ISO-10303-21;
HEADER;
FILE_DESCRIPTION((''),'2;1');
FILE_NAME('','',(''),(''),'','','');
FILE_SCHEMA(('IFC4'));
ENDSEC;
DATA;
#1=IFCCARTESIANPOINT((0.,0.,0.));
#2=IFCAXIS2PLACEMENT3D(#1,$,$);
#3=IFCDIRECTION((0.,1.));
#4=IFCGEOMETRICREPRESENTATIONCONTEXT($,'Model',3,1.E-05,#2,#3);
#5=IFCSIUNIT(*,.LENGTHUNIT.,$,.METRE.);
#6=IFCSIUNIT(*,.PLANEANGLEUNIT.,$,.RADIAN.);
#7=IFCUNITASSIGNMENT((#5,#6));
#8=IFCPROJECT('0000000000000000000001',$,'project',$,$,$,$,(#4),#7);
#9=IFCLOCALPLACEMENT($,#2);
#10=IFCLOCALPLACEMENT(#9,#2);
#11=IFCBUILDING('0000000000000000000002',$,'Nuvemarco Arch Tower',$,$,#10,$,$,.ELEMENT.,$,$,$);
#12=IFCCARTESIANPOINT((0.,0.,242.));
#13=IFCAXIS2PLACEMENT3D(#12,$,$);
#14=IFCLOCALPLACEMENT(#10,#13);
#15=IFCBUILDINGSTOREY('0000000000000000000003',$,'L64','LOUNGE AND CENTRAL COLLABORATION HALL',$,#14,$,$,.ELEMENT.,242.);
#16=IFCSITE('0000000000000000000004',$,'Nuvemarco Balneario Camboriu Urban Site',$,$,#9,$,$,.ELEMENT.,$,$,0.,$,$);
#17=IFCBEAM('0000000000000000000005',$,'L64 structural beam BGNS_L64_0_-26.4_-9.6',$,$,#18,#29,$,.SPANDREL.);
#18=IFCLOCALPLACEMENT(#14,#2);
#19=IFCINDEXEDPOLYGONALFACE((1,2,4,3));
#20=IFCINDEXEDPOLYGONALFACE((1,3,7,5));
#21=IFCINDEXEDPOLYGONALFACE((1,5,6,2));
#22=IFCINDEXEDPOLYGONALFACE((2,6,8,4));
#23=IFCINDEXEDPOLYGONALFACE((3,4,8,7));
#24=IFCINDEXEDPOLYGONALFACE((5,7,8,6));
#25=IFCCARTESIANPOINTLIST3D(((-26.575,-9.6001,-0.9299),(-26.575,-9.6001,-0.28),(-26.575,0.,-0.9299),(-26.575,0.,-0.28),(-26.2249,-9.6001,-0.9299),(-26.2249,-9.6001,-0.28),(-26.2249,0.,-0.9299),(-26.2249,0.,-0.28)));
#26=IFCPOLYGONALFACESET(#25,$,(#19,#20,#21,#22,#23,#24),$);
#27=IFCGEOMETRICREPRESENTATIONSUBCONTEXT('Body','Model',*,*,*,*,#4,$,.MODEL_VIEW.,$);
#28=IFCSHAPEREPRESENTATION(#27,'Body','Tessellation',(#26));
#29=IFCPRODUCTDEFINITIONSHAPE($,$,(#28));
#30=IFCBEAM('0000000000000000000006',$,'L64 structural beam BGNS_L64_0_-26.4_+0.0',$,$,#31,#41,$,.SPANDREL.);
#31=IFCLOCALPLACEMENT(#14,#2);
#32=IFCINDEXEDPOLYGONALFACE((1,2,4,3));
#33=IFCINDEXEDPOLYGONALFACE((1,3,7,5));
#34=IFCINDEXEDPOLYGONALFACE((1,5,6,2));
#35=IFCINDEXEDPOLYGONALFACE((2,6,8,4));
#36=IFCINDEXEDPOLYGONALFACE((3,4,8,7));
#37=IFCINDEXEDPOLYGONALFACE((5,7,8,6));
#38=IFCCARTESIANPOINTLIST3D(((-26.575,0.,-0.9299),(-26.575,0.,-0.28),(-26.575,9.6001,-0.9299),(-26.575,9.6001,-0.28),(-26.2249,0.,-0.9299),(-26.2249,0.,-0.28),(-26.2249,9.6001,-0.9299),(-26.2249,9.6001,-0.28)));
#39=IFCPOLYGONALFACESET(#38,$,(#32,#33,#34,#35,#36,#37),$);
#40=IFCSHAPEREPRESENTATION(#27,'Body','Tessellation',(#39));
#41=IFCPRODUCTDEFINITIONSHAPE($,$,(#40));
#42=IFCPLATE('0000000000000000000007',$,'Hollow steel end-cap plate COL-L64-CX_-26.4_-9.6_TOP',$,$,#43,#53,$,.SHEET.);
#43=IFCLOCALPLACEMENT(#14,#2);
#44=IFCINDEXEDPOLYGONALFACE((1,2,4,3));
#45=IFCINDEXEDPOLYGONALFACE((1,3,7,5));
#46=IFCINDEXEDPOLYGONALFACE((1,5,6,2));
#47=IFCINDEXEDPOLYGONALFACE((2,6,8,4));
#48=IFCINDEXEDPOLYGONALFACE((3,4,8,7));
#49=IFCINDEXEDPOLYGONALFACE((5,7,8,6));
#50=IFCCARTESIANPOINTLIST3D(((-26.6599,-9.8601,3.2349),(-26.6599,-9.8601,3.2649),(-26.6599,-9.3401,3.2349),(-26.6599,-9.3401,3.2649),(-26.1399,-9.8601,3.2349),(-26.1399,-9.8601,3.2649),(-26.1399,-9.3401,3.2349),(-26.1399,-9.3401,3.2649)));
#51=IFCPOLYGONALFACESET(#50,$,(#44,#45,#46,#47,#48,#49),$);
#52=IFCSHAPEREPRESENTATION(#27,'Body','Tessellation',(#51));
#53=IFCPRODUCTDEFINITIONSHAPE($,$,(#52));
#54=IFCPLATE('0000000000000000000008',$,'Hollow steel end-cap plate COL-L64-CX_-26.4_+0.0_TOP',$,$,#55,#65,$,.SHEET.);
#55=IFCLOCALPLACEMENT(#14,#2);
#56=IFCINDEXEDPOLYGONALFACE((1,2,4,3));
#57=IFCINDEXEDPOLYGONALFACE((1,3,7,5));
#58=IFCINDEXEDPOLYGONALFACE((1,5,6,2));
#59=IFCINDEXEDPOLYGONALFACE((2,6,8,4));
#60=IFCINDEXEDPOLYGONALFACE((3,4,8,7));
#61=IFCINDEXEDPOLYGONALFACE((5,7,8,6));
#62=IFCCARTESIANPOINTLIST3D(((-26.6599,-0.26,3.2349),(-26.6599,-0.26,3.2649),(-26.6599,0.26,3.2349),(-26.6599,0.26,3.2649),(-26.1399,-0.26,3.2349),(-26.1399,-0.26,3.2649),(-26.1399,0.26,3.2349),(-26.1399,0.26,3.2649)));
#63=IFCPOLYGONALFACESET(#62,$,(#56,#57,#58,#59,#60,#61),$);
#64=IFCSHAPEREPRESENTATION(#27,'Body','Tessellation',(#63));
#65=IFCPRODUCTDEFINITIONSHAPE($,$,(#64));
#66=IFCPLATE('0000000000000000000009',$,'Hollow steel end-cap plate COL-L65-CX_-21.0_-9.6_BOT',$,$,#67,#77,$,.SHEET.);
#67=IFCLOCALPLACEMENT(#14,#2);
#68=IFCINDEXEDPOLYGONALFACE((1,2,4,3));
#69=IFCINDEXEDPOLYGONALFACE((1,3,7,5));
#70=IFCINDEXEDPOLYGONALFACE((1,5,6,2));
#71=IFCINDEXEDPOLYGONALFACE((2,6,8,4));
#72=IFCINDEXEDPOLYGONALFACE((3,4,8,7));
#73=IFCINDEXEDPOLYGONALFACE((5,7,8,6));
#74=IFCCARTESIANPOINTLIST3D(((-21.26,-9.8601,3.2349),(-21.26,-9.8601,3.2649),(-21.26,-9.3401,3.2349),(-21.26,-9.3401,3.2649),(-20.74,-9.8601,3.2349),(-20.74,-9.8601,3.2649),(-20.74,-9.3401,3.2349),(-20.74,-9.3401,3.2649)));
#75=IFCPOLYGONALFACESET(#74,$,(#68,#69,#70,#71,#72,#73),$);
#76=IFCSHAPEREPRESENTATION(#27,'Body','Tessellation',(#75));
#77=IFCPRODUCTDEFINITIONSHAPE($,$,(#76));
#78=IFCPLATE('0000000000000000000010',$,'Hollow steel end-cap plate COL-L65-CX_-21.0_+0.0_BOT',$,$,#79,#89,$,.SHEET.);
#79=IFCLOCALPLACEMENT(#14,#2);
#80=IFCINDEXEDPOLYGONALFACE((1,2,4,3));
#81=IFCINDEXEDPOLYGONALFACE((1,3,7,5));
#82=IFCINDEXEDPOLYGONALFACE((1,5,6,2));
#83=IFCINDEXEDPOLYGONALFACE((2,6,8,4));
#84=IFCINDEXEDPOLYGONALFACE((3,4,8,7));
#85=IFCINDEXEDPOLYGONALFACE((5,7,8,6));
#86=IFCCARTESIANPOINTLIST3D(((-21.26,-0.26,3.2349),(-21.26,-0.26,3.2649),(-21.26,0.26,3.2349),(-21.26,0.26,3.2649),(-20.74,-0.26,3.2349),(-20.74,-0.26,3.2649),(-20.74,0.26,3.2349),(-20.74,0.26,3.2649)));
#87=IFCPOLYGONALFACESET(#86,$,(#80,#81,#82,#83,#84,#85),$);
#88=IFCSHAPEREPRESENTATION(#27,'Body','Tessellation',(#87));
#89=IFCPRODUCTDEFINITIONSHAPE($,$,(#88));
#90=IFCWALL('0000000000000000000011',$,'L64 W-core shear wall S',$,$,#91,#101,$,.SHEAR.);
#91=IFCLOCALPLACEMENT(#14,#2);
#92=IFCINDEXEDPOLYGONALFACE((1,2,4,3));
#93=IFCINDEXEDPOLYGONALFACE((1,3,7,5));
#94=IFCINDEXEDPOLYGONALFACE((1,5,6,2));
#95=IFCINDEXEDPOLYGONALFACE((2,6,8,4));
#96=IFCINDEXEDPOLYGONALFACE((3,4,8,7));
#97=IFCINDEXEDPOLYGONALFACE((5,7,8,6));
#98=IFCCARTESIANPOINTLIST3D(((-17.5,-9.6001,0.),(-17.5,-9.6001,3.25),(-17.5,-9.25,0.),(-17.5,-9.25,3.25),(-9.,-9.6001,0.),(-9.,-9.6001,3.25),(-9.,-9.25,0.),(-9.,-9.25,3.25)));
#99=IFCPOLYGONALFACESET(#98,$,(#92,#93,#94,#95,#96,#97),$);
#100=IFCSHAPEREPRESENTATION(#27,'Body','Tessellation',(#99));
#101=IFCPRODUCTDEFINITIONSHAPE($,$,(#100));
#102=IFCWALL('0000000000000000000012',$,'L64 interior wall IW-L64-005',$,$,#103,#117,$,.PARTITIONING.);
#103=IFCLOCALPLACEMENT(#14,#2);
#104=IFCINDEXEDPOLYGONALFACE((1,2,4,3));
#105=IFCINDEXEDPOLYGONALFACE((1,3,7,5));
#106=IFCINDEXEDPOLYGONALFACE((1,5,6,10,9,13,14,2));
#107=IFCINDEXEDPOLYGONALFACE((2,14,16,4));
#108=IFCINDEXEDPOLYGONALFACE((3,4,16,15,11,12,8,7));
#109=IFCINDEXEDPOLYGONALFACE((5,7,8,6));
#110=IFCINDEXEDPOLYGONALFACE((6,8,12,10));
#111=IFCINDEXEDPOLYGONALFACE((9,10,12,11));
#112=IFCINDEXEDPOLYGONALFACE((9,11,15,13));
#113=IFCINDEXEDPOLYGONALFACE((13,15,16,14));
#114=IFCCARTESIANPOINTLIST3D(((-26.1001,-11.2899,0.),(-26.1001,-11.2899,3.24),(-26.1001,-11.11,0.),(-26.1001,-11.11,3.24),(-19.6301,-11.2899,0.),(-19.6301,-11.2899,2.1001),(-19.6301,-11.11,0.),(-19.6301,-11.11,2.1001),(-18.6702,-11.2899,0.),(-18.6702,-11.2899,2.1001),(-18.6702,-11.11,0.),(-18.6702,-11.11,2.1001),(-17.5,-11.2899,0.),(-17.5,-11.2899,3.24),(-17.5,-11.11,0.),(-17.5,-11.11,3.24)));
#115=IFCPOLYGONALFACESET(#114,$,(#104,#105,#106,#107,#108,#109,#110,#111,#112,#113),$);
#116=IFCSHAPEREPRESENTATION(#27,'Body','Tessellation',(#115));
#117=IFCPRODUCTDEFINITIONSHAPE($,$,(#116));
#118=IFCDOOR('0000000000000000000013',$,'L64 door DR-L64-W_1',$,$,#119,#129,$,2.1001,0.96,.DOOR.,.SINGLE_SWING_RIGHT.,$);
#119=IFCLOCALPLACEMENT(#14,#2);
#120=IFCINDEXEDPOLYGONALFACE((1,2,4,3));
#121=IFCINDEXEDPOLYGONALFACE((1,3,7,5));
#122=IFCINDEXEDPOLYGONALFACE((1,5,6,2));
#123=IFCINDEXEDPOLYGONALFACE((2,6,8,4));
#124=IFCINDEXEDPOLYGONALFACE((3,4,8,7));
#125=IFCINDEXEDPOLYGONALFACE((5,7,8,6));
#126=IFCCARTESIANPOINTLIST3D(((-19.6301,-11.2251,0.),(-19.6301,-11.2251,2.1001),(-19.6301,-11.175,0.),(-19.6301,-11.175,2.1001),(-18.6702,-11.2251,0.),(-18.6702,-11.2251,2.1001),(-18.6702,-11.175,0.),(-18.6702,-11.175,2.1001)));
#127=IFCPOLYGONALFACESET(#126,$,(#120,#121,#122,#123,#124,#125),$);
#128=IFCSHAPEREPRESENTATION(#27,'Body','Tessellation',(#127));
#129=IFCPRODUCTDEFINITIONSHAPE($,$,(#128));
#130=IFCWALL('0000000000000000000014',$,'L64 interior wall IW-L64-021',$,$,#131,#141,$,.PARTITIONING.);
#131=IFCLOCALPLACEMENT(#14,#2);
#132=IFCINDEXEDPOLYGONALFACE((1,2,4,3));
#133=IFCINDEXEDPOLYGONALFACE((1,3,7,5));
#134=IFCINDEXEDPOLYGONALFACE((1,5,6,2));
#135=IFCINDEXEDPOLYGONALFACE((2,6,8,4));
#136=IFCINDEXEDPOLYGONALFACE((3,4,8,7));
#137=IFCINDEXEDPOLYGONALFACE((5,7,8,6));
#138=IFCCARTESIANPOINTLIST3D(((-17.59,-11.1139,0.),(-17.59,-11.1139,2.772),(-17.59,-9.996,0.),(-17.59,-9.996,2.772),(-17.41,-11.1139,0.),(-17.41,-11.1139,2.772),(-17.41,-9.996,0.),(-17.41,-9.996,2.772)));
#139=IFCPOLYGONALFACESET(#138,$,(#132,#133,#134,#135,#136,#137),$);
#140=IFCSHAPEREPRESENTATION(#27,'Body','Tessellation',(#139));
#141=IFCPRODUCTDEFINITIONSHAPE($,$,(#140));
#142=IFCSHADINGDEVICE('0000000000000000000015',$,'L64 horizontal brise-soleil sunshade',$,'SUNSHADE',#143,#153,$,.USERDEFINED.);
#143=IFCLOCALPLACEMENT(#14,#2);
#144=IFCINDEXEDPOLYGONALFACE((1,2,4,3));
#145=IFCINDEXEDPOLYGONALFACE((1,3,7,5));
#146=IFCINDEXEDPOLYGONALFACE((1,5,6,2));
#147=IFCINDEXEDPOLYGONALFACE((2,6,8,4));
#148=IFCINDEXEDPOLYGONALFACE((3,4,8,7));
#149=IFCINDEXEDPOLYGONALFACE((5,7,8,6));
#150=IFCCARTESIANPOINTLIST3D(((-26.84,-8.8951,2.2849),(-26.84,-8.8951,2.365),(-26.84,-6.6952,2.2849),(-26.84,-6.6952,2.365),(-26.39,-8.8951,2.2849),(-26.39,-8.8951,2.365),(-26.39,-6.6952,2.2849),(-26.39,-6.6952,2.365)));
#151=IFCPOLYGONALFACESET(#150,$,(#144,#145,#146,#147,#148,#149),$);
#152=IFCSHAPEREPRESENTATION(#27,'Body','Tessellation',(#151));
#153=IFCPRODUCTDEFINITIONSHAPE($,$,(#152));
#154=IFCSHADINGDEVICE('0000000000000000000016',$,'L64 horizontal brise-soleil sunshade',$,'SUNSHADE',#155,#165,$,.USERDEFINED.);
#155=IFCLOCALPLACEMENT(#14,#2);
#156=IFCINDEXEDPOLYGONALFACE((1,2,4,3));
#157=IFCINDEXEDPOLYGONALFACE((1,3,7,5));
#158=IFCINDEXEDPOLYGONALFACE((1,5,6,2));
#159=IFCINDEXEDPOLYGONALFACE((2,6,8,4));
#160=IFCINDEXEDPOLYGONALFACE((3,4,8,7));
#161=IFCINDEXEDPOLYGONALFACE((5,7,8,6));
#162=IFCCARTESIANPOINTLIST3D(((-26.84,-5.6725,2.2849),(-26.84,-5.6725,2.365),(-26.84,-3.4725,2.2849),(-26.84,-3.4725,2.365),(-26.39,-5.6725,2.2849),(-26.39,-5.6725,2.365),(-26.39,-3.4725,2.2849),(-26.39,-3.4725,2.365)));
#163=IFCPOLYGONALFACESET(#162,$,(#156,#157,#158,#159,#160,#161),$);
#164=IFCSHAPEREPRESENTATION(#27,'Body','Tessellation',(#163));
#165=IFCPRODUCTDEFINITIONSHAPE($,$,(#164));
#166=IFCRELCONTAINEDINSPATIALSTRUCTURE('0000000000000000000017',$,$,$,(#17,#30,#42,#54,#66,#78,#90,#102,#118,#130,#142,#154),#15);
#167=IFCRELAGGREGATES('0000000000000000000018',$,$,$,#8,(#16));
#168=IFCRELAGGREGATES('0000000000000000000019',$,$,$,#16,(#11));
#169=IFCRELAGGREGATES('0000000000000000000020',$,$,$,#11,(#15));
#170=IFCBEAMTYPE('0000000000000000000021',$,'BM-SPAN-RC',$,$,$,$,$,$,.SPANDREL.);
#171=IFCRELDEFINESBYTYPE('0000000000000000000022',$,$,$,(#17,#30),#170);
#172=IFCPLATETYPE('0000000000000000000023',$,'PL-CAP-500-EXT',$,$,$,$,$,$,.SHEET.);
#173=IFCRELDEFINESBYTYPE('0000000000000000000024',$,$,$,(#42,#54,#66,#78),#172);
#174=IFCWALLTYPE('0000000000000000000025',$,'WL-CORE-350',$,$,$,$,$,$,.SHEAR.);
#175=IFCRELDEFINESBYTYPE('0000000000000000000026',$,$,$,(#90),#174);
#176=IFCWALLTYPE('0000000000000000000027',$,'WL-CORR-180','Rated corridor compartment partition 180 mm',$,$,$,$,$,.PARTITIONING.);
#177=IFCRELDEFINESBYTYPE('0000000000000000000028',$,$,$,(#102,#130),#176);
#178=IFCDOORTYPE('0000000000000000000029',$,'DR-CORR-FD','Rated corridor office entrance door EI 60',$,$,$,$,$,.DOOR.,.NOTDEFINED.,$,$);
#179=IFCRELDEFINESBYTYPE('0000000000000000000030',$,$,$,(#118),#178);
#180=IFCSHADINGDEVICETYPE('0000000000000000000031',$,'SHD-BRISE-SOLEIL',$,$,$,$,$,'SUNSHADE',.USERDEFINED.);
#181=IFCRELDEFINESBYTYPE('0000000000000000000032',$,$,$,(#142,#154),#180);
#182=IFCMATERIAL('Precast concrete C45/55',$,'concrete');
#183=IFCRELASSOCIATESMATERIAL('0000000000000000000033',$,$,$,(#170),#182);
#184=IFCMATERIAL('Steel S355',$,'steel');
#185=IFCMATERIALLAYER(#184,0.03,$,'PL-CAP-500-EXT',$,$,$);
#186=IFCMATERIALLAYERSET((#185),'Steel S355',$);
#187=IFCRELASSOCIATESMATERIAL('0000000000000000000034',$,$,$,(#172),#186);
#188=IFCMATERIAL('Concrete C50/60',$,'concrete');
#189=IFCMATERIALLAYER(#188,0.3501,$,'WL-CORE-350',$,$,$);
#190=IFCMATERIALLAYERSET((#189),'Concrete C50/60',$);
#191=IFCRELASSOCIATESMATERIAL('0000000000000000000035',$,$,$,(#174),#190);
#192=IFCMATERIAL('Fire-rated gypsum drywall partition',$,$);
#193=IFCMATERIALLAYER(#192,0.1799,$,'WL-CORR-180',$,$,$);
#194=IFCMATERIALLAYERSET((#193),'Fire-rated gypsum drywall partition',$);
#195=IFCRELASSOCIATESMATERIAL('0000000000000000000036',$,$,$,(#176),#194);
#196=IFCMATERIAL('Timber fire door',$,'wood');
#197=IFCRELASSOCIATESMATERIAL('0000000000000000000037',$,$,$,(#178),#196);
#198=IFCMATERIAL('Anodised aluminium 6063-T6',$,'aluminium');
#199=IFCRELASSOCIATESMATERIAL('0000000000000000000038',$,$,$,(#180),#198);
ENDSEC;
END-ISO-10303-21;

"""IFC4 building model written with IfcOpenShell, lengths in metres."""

from ifc_helpers import new_model, si_unit, direction, frame, frame_2d, origin, origin_2d, place, context, subcontext, project, spatial, rectangle, extrude, source, transform, mapped, material, layer, layer_set, material_profile, profile_set, type_object, type_shapes, element, fill, save


model = new_model("IFC4")

# Units and contexts
model_context = context("Model", 3, precision=1e-05, world=origin(), true_north=direction((0.0, 1.0)))
body_context = subcontext(model_context, "Body", "Model", "MODEL_VIEW")
ifc_project = project(units=[si_unit("LENGTHUNIT", "METRE"), si_unit("PLANEANGLEUNIT", "RADIAN")], contexts=[model_context])

# Site, building, storey
site_placement = place(None, origin())
site = spatial("IfcSite", under=ifc_project, at=site_placement, Name="Nuvemarco Balneario Camboriu Urban Site", CompositionType="ELEMENT", RefElevation=0.0)
building_placement = place(site_placement, origin())
building = spatial("IfcBuilding", under=site, at=building_placement, Name="Nuvemarco Arch Tower", CompositionType="ELEMENT")
storey_placement = place(building_placement, frame((0.0, 0.0, 242.0)))
storey = spatial("IfcBuildingStorey", under=building, at=storey_placement, Name="L64", Description="LOUNGE AND CENTRAL COLLABORATION HALL", CompositionType="ELEMENT", Elevation=242.0)

# Shared definitions
ifc_material_1 = material(Name="Concrete C50/60", Category="concrete")
ifc_material_2 = material(Name="Steel S355", Category="steel")

# Beams
ifc_material_3 = material(Name="Precast concrete C45/55", Category="concrete")
ifc_material_profile_1 = material_profile(ifc_material_3, rectangle(XDim=0.3501, YDim=0.6499, at=origin_2d()), Name="PC-SP-350x650")
ifc_profile_set_1 = profile_set([ifc_material_profile_1], Name="Precast concrete C45/55")
beam_type_1 = type_object("IfcBeamType", Name="BM-SPAN-RC", PredefinedType="SPANDREL", material=ifc_profile_set_1)
for number, where, z_axis, x_axis, name in (
    (1, (-26.3999, -9.6001, -0.605), (0.0, 1.0, 0.0), (-1.0, 0.0, 0.0), "L64 structural beam BGNS_L64_0_-26.4_-9.6"),
    (2, (-26.3999, 0.0, -0.605), (0.0, 1.0, 0.0), (-1.0, 0.0, 0.0), "L64 structural beam BGNS_L64_0_-26.4_+0.0"),
):
    element("IfcBeam", number, at=place(storey_placement, frame(where, z_axis=z_axis, x_axis=x_axis)), inside=storey, type_object=beam_type_1, Name=name, PredefinedType="SPANDREL", context=body_context, shape_type="SweptSolid", body=[
        extrude(rectangle(XDim=0.3501, YDim=0.6499, at=origin_2d()), origin(), (0.0, 0.0, 1.0), 9.6001),
    ])

# Plates
ifc_layer_1 = layer(ifc_material_2, 0.03, Name="PL-CAP-500-EXT")
ifc_layer_set_1 = layer_set([ifc_layer_1], Name="Steel S355")
plate_type = type_object("IfcPlateType", Name="PL-CAP-500-EXT", PredefinedType="SHEET", material=ifc_layer_set_1)
shared_shape_1 = source(origin(), body_context, "Body", "SweptSolid", [
    extrude(rectangle(XDim=0.52, YDim=0.52, at=origin_2d()), origin(), (0.0, 0.0, 1.0), 0.03),
])
type_shapes(plate_type, [shared_shape_1])
for number, where, z_axis, x_axis, name in (
    (3, (-26.3999, -9.6001, 3.2349), (0.0, 0.0, 1.0), (1.0, 0.0, 0.0), "Hollow steel end-cap plate COL-L64-CX_-26.4_-9.6_TOP"),
    (4, (-26.3999, 0.0, 3.2349), (0.0, 0.0, 1.0), (1.0, 0.0, 0.0), "Hollow steel end-cap plate COL-L64-CX_-26.4_+0.0_TOP"),
    (5, (-21.0, -9.6001, 3.2349), (0.0, 0.0, 1.0), (1.0, 0.0, 0.0), "Hollow steel end-cap plate COL-L65-CX_-21.0_-9.6_BOT"),
    (6, (-21.0, 0.0, 3.2349), (0.0, 0.0, 1.0), (1.0, 0.0, 0.0), "Hollow steel end-cap plate COL-L65-CX_-21.0_+0.0_BOT"),
):
    element("IfcPlate", number, at=place(storey_placement, frame(where, z_axis=z_axis, x_axis=x_axis)), inside=storey, type_object=plate_type, Name=name, PredefinedType="SHEET", context=body_context, shape_type="MappedRepresentation", body=[
        mapped(shared_shape_1, transform((0.0, 0.0, 0.0), scale=1.0)),
    ])

# Wall
ifc_layer_2 = layer(ifc_material_1, 0.3501, Name="WL-CORE-350")
ifc_layer_set_2 = layer_set([ifc_layer_2], Name="Concrete C50/60")
wall_type_1 = type_object("IfcWallType", Name="WL-CORE-350", PredefinedType="SHEAR", material=ifc_layer_set_2)
wall_1_placement = place(storey_placement, frame((-17.5, -9.425, 0.0), z_axis=(0.0, 0.0, 1.0), x_axis=(1.0, 0.0, 0.0)))
element("IfcWall", 7, at=wall_1_placement, inside=storey, type_object=wall_type_1, Name="L64 W-core shear wall S", PredefinedType="SHEAR", context=body_context, shape_type="SweptSolid", body=[
    extrude(rectangle(XDim=8.5, YDim=0.3501, at=frame_2d((4.25, 0.0))), origin(), (0.0, 0.0, 1.0), 3.25),
])

# Wall, opening, door
ifc_material_4 = material(Name="Fire-rated gypsum drywall partition")
ifc_layer_3 = layer(ifc_material_4, 0.1799, Name="WL-CORR-180")
ifc_layer_set_3 = layer_set([ifc_layer_3], Name="Fire-rated gypsum drywall partition")
wall_type_2 = type_object("IfcWallType", Name="WL-CORR-180", Description="Rated corridor compartment partition 180 mm", PredefinedType="PARTITIONING", material=ifc_layer_set_3)
wall_2_placement = place(storey_placement, frame((-26.1001, -11.2, 0.0), z_axis=(0.0, 0.0, 1.0), x_axis=(1.0, 0.0, 0.0)))
wall_2 = element("IfcWall", 8, at=wall_2_placement, inside=storey, type_object=wall_type_2, Name="L64 interior wall IW-L64-005", PredefinedType="PARTITIONING", context=body_context, shape_type="SweptSolid", body=[
    extrude(rectangle(XDim=8.6001, YDim=0.1799, at=frame_2d((4.3, 0.0))), origin(), (0.0, 0.0, 1.0), 3.24),
])
opening_placement = place(wall_2_placement, frame((6.47, 0.0, 0.0)))
opening = element("IfcOpeningElement", 9, at=opening_placement, cuts=wall_2, PredefinedType="OPENING", context=body_context, shape_type="SweptSolid", body=[
    extrude(rectangle(XDim=0.96, YDim=2.1001, at=frame_2d((0.48, 1.05))), frame((0.0, 0.0999, 0.0), z_axis=(0.0, -1.0, 0.0), x_axis=(1.0, 0.0, 0.0)), (0.0, 0.0, 1.0), 0.2),
])
ifc_material_5 = material(Name="Timber fire door", Category="wood")
door_type = type_object("IfcDoorType", Name="DR-CORR-FD", Description="Rated corridor office entrance door EI 60", OperationType="NOTDEFINED", PredefinedType="DOOR", material=ifc_material_5)
shared_shape_2 = source(origin(), body_context, "Body", "SweptSolid", [
    extrude(rectangle(XDim=0.96, YDim=2.1001, at=frame_2d((0.48, 1.05))), frame((0.0, 0.0249, 0.0), z_axis=(0.0, -1.0, 0.0), x_axis=(1.0, 0.0, 0.0)), (0.0, 0.0, 1.0), 0.05),
])
type_shapes(door_type, [shared_shape_2])
door_placement = place(opening_placement, origin())
door = element("IfcDoor", 10, at=door_placement, inside=storey, type_object=door_type, Name="L64 door DR-L64-W_1", OperationType="SINGLE_SWING_RIGHT", OverallHeight=2.1001, OverallWidth=0.96, PredefinedType="DOOR", context=body_context, shape_type="MappedRepresentation", body=[
    mapped(shared_shape_2, transform((0.0, 0.0, 0.0), scale=1.0)),
])
fill(opening, door)

# Wall
wall_3_placement = place(storey_placement, frame((-17.5, -11.114, 0.0), z_axis=(0.0, 0.0, 1.0), x_axis=(0.0, 1.0, 0.0)))
element("IfcWall", 11, at=wall_3_placement, inside=storey, type_object=wall_type_2, Name="L64 interior wall IW-L64-021", PredefinedType="PARTITIONING", context=body_context, shape_type="SweptSolid", body=[
    extrude(rectangle(XDim=1.1179, YDim=0.1799, at=frame_2d((0.5591, 0.0))), origin(), (0.0, 0.0, 1.0), 2.772),
])

# Shading devices
ifc_material_6 = material(Name="Anodised aluminium 6063-T6", Category="aluminium")
shading_device_type = type_object("IfcShadingDeviceType", Name="SHD-BRISE-SOLEIL", ElementType="SUNSHADE", PredefinedType="USERDEFINED", material=ifc_material_6)
shared_shape_3 = source(origin(), body_context, "Body", "SweptSolid", [
    extrude(rectangle(XDim=2.2, YDim=0.45, at=origin_2d()), origin(), (0.0, 0.0, 1.0), 0.0801),
])
type_shapes(shading_device_type, [shared_shape_3])
for number, where, z_axis, x_axis, name in (
    (12, (-26.615, -7.7952, 2.2849), (0.0, 0.0, 1.0), (0.0, 1.0, 0.0), "L64 horizontal brise-soleil sunshade"),
    (13, (-26.615, -4.5725, 2.2849), (0.0, 0.0, 1.0), (0.0, 1.0, 0.0), "L64 horizontal brise-soleil sunshade"),
):
    element("IfcShadingDevice", number, at=place(storey_placement, frame(where, z_axis=z_axis, x_axis=x_axis)), inside=storey, type_object=shading_device_type, Name=name, ObjectType="SUNSHADE", PredefinedType="USERDEFINED", context=body_context, shape_type="MappedRepresentation", body=[
        mapped(shared_shape_3, transform((0.0, 0.0, 0.0), scale=1.0)),
    ])

save(model, "model.ifc")
